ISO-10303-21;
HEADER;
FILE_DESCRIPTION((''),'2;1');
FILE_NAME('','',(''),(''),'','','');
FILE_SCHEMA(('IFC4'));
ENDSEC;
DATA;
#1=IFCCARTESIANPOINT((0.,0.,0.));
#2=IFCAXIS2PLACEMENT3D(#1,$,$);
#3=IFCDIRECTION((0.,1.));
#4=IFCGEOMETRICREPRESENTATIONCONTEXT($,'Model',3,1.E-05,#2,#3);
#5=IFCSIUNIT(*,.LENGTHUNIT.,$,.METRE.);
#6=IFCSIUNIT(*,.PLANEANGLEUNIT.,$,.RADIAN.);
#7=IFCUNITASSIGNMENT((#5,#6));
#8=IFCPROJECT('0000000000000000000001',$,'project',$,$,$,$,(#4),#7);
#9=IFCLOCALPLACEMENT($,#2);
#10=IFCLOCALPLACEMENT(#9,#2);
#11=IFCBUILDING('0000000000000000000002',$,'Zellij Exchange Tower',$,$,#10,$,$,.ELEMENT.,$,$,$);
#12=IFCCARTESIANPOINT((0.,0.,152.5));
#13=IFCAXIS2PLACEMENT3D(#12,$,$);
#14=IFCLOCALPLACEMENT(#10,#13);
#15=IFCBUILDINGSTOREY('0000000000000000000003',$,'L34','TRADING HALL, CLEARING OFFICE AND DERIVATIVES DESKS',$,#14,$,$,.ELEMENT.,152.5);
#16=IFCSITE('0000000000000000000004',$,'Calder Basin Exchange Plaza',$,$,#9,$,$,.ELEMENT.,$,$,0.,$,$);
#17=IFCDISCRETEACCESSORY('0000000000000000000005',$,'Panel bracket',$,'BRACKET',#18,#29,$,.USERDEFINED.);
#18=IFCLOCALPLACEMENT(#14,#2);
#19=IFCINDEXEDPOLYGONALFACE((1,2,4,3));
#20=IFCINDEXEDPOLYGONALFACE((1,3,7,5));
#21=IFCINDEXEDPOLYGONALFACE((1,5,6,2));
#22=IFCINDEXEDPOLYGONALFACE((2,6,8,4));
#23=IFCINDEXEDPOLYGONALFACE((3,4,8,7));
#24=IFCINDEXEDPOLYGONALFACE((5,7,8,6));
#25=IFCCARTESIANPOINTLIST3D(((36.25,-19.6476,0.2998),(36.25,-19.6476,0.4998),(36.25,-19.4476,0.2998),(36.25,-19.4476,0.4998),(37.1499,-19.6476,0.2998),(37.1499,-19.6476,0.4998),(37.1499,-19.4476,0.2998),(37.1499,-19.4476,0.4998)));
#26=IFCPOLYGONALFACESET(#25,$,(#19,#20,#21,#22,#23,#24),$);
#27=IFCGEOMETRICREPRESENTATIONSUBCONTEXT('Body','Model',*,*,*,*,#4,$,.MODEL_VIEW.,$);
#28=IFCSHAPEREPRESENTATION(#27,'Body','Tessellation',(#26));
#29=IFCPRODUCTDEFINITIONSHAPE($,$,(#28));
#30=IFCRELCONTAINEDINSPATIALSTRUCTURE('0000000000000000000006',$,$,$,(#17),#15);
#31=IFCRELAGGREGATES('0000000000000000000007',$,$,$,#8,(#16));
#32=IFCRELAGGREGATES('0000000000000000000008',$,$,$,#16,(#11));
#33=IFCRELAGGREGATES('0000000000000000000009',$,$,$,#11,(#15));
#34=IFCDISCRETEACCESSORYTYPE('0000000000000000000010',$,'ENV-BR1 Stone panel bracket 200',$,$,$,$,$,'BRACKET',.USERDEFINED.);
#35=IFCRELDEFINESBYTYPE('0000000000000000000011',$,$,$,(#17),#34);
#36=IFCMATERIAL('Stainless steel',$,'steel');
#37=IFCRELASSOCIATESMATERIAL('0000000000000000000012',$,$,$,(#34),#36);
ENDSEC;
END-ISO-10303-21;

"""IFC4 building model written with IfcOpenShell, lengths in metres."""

from ifc_helpers import new_model, si_unit, direction, frame, origin, origin_2d, place, context, subcontext, project, spatial, rectangle, extrude, material, type_object, element, save


model = new_model("IFC4")

# Units and contexts
model_context = context("Model", 3, precision=1e-05, world=origin(), true_north=direction((0.0, 1.0)))
body_context = subcontext(model_context, "Body", "Model", "MODEL_VIEW")
ifc_project = project(units=[si_unit("LENGTHUNIT", "METRE"), si_unit("PLANEANGLEUNIT", "RADIAN")], contexts=[model_context])

# Site, building, storey
site_placement = place(None, origin())
site = spatial("IfcSite", under=ifc_project, at=site_placement, Name="Calder Basin Exchange Plaza", CompositionType="ELEMENT", RefElevation=0.0)
building_placement = place(site_placement, origin())
building = spatial("IfcBuilding", under=site, at=building_placement, Name="Zellij Exchange Tower", CompositionType="ELEMENT")
storey_placement = place(building_placement, frame((0.0, 0.0, 152.5)))
storey = spatial("IfcBuildingStorey", under=building, at=storey_placement, Name="L34", Description="TRADING HALL, CLEARING OFFICE AND DERIVATIVES DESKS", CompositionType="ELEMENT", Elevation=152.5)

# Discrete accessory
ifc_material_1 = material(Name="Stainless steel", Category="steel")
discrete_accessory_type = type_object("IfcDiscreteAccessoryType", Name="ENV-BR1 Stone panel bracket 200", ElementType="BRACKET", PredefinedType="USERDEFINED", material=ifc_material_1)
discrete_accessory_placement = place(storey_placement, frame((36.7, -19.5476, 0.2998), z_axis=(0.0, 0.0, 1.0), x_axis=(0.0, 1.0, 0.0)))
element("IfcDiscreteAccessory", 1, at=discrete_accessory_placement, inside=storey, type_object=discrete_accessory_type, Name="Panel bracket", ObjectType="BRACKET", PredefinedType="USERDEFINED", context=body_context, shape_type="SweptSolid", body=[
    extrude(rectangle(XDim=0.2, YDim=0.8999, at=origin_2d()), origin(), (0.0, 0.0, 1.0), 0.2),
])

save(model, "model.ifc")
